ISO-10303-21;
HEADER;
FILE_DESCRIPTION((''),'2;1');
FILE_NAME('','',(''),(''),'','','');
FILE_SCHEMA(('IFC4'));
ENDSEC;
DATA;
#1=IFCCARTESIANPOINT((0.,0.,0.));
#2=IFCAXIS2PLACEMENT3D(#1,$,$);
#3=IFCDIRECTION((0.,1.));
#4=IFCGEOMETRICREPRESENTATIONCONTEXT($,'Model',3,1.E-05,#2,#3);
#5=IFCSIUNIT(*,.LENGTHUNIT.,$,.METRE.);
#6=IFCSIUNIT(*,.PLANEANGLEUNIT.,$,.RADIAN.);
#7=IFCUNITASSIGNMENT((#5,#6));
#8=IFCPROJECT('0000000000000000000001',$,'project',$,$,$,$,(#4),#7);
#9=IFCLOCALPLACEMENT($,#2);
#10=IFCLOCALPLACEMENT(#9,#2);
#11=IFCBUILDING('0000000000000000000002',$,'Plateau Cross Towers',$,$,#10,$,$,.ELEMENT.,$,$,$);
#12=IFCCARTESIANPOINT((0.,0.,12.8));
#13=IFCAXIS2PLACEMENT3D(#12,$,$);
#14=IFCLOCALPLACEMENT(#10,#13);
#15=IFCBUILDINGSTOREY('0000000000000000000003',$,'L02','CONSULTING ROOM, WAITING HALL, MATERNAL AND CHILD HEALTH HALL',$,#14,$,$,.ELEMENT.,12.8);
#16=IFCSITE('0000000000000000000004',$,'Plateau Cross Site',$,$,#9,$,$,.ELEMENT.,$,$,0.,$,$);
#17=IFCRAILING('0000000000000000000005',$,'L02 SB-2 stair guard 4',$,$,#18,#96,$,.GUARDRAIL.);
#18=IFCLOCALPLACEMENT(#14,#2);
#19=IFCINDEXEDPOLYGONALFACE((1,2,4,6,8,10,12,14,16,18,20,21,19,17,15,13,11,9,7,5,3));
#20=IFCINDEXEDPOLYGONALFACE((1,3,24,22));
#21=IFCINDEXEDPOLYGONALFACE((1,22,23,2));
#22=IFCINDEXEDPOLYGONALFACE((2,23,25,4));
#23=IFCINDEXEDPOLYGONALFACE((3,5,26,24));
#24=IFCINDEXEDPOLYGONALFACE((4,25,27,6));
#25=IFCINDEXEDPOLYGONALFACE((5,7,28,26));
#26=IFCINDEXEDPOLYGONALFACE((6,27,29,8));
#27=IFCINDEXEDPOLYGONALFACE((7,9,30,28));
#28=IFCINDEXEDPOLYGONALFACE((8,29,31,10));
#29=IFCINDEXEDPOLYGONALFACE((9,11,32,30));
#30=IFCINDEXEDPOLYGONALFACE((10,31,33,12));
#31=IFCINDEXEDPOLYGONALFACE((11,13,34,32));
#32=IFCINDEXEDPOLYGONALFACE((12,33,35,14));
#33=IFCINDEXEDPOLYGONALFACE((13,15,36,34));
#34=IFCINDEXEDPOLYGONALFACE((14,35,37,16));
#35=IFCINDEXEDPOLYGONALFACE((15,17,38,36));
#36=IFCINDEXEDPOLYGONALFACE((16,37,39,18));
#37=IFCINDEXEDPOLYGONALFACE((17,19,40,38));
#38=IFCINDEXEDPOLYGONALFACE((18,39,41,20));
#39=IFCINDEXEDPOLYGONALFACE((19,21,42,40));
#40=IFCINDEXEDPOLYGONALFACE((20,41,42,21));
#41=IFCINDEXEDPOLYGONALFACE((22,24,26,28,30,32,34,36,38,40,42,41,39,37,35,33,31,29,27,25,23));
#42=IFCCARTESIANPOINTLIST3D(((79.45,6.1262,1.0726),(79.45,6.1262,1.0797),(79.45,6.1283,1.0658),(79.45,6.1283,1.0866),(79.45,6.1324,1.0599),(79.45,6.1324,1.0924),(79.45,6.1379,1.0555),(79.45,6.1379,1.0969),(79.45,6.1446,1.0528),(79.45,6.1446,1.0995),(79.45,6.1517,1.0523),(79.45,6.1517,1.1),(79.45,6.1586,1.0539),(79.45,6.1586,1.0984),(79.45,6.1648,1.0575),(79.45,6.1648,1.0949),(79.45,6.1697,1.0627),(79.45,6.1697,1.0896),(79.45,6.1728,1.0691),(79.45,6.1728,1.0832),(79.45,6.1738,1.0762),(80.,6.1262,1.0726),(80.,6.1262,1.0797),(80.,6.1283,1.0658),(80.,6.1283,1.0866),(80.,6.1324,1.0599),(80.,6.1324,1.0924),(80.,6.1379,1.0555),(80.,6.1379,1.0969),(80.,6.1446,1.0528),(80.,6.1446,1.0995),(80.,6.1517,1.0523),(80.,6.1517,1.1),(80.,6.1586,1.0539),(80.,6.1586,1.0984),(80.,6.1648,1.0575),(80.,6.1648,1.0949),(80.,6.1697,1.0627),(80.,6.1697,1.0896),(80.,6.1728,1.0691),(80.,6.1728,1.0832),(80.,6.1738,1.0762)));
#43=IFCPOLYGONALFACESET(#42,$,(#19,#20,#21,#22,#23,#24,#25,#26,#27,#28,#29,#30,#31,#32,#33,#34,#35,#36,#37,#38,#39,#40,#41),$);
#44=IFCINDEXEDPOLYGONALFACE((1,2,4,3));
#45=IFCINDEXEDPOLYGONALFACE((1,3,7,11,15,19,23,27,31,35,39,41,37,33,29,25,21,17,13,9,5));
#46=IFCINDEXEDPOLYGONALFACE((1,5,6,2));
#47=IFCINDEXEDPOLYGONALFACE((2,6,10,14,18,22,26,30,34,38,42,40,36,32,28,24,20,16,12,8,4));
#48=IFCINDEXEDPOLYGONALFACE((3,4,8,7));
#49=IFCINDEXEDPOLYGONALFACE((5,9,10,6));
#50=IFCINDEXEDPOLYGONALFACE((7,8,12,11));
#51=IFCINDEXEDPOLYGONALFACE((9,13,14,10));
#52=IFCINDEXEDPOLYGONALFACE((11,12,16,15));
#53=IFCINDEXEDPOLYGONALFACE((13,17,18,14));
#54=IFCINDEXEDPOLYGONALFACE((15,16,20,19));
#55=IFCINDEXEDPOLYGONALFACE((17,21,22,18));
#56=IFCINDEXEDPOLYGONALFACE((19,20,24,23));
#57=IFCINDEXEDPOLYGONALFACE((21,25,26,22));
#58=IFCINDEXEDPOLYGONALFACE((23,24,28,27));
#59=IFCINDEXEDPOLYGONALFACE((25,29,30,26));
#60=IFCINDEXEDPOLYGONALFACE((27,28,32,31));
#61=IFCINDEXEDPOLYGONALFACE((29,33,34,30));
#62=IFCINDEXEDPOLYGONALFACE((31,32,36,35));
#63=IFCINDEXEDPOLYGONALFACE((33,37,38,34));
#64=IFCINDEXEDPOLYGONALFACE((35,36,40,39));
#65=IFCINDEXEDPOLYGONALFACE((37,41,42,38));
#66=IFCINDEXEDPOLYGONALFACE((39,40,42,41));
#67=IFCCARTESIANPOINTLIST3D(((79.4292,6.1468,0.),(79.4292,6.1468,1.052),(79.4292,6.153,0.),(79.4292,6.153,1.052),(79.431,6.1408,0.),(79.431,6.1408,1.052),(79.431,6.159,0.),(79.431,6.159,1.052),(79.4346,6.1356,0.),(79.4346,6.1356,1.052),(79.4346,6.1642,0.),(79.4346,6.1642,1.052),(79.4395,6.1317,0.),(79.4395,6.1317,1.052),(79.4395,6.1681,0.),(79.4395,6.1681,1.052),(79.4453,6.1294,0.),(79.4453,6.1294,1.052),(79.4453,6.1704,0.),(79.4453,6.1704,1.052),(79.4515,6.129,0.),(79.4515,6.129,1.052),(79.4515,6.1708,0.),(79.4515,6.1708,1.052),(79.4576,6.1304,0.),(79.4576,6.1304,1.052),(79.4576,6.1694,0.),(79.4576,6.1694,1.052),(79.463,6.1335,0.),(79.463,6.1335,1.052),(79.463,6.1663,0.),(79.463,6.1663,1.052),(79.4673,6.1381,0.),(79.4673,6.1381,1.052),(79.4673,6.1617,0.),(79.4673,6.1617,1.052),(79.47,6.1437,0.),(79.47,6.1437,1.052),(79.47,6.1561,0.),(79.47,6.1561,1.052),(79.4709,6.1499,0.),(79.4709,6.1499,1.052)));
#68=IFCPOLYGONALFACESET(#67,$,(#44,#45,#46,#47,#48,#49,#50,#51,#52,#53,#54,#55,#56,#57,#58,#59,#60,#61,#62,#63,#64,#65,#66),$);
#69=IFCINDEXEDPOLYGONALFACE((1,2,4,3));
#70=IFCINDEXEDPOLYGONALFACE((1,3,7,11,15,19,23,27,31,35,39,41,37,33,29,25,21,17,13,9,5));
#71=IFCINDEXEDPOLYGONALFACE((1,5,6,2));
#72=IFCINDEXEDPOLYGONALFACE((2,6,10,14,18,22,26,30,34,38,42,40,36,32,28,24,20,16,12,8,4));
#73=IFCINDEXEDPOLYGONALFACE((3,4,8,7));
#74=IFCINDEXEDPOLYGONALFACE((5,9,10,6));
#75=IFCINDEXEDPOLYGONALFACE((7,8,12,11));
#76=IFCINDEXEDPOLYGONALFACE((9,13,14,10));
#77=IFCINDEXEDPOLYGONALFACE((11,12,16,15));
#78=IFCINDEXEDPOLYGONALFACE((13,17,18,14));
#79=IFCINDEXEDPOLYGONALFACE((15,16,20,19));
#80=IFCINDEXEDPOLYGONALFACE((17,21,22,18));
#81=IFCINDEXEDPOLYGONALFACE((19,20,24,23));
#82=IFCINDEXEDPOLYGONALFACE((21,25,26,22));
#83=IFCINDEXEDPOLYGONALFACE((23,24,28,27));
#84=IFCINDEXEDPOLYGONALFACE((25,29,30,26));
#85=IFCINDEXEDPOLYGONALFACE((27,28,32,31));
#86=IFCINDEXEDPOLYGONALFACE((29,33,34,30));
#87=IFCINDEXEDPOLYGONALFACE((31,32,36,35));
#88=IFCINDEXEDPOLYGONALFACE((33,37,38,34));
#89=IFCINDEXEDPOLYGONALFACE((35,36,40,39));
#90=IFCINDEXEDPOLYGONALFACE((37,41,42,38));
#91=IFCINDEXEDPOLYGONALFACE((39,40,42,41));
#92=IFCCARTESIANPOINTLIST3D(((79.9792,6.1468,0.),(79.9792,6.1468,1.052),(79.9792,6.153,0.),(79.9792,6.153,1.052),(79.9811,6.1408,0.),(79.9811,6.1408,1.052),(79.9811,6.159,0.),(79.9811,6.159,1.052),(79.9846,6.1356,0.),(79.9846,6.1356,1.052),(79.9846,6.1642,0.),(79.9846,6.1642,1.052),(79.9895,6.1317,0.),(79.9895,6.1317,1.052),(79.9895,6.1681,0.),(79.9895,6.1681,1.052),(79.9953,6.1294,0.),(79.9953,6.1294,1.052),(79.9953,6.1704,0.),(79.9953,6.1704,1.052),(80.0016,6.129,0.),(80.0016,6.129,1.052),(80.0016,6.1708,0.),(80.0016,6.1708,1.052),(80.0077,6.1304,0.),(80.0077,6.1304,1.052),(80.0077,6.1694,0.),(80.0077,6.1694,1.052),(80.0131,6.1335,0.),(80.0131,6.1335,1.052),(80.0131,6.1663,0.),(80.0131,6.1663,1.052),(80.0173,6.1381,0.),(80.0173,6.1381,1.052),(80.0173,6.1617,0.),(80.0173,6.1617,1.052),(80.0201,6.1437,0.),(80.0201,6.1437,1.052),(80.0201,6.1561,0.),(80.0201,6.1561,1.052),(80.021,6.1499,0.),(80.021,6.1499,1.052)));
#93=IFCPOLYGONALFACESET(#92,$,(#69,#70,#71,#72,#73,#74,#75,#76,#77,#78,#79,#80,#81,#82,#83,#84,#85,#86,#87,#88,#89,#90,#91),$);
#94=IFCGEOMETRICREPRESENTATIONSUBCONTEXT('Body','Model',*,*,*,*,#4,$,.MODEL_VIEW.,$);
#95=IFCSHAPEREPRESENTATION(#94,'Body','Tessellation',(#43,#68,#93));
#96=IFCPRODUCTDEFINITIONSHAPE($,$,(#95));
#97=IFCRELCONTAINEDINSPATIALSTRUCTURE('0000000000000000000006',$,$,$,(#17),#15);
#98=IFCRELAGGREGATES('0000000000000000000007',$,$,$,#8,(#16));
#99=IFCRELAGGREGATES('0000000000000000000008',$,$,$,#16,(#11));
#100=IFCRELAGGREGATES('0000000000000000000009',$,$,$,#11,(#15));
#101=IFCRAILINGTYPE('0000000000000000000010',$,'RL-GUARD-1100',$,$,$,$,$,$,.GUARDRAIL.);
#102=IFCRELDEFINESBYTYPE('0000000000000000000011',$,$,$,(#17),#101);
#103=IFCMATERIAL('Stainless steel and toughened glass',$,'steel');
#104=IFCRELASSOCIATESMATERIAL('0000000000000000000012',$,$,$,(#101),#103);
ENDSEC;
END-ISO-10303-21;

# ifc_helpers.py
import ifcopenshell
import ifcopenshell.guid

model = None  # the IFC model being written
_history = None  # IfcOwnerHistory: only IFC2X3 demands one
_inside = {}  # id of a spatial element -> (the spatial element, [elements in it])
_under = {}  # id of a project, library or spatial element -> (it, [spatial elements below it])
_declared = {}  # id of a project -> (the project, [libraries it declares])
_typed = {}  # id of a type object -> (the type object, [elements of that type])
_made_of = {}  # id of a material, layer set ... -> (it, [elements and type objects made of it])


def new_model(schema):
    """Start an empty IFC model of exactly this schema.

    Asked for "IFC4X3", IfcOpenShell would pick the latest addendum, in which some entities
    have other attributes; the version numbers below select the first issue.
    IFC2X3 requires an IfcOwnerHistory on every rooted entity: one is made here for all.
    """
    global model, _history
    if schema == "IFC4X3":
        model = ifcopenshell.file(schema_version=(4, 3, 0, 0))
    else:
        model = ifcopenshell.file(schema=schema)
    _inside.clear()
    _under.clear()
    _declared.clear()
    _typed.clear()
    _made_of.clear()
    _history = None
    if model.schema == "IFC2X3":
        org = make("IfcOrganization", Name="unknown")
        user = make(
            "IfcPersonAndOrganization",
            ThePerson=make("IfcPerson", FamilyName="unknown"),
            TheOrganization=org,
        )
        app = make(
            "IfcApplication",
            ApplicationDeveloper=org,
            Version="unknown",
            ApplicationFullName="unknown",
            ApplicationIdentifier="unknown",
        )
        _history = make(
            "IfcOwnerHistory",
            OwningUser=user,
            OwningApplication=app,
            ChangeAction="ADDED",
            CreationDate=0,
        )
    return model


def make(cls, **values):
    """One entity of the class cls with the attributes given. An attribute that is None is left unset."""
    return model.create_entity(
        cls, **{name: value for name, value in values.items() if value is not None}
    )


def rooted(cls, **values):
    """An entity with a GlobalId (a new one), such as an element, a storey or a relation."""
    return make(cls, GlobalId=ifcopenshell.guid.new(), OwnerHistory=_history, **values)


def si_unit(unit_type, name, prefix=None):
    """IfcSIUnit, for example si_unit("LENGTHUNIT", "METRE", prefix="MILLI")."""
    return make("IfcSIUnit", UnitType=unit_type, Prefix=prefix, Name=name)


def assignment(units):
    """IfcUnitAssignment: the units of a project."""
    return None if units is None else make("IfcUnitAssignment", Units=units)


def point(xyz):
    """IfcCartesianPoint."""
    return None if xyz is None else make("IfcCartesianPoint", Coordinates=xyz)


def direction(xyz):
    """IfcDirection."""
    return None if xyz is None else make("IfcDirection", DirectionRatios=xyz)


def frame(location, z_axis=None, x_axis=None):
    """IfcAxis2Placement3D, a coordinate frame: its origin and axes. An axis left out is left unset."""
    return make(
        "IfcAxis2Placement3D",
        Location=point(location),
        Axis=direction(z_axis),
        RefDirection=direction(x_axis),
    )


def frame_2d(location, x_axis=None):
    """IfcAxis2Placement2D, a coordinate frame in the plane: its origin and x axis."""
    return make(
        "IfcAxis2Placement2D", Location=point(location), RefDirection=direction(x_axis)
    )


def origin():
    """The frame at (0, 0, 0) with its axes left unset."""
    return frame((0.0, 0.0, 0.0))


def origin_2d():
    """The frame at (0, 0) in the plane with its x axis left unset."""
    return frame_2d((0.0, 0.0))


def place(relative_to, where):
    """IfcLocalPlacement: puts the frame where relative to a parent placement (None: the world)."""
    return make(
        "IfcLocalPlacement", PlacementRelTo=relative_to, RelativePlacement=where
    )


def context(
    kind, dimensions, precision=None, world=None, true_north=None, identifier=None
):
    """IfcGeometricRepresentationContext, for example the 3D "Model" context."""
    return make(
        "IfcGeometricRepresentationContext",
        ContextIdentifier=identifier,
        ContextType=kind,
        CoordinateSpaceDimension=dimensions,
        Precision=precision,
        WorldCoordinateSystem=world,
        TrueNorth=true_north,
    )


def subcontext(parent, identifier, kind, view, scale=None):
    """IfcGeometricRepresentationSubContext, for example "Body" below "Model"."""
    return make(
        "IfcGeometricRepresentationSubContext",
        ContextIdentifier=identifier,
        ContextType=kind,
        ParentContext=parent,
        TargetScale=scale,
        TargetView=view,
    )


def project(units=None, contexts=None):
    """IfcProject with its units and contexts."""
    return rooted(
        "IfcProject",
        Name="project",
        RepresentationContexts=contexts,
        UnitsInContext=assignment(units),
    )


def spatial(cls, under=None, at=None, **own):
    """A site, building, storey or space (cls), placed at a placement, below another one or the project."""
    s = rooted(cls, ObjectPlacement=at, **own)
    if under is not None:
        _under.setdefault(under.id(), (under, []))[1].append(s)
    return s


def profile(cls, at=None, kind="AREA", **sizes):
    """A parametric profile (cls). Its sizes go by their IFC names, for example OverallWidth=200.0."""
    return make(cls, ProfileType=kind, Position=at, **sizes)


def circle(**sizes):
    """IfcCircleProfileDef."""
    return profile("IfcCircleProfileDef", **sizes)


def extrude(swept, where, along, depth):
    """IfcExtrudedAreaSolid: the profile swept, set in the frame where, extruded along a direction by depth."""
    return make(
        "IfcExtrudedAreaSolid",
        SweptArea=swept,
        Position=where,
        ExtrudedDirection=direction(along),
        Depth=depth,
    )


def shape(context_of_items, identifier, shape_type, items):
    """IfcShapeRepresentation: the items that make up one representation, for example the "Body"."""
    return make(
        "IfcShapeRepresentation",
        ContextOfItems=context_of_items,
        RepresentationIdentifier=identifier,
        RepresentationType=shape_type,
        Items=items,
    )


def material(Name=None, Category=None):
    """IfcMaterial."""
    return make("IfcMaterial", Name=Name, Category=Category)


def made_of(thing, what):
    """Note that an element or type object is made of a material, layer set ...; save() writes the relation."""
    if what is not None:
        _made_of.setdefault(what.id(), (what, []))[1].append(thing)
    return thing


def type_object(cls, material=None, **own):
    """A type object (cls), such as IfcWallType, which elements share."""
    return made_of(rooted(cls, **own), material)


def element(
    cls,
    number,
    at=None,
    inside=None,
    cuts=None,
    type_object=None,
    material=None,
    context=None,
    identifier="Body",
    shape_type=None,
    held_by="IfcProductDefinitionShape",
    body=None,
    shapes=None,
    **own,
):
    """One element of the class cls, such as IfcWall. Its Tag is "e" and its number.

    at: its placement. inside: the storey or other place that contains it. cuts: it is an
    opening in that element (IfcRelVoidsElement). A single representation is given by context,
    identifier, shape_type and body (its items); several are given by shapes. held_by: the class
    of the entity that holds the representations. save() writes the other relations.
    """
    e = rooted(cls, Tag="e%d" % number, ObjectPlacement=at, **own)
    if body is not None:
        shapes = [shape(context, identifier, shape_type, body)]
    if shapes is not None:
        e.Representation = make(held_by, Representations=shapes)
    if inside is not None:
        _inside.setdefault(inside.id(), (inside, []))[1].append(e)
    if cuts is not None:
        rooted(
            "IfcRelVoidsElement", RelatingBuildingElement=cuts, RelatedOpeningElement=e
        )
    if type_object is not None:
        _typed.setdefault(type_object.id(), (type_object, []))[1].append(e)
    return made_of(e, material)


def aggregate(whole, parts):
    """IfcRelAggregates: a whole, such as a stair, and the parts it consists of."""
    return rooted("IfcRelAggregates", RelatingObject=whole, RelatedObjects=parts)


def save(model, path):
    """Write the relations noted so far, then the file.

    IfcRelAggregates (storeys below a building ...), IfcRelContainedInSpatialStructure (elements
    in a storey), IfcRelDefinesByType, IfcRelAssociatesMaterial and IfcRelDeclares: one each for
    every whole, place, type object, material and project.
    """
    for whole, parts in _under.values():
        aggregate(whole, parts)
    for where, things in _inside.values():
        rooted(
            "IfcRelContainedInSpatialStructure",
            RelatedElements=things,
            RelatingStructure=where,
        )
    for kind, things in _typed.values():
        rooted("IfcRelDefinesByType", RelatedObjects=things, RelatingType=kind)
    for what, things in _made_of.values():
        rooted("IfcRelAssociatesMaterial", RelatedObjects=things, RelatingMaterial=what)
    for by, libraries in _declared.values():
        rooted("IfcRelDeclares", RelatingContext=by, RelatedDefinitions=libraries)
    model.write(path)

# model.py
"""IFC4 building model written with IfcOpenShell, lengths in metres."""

from ifc_helpers import new_model, si_unit, direction, frame, origin, origin_2d, place, context, subcontext, project, spatial, circle, extrude, material, type_object, element, save


model = new_model("IFC4")

# Units and contexts
model_context = context("Model", 3, precision=1e-05, world=origin(), true_north=direction((0.0, 1.0)))
body_context = subcontext(model_context, "Body", "Model", "MODEL_VIEW")
ifc_project = project(units=[si_unit("LENGTHUNIT", "METRE"), si_unit("PLANEANGLEUNIT", "RADIAN")], contexts=[model_context])

# Site, building, storey
site_placement = place(None, origin())
site = spatial("IfcSite", under=ifc_project, at=site_placement, Name="Plateau Cross Site", CompositionType="ELEMENT", RefElevation=0.0)
building_placement = place(site_placement, origin())
building = spatial("IfcBuilding", under=site, at=building_placement, Name="Plateau Cross Towers", CompositionType="ELEMENT")
storey_placement = place(building_placement, frame((0.0, 0.0, 12.8)))
storey = spatial("IfcBuildingStorey", under=building, at=storey_placement, Name="L02", Description="CONSULTING ROOM, WAITING HALL, MATERNAL AND CHILD HEALTH HALL", CompositionType="ELEMENT", Elevation=12.8)

# Railing
ifc_material_1 = material(Name="Stainless steel and toughened glass", Category="steel")
railing_type = type_object("IfcRailingType", Name="RL-GUARD-1100", PredefinedType="GUARDRAIL", material=ifc_material_1)
railing_1_placement = place(storey_placement, frame((79.45, 6.1499, 0.0)))
element("IfcRailing", 1, at=railing_1_placement, inside=storey, type_object=railing_type, Name="L02 SB-2 stair guard 4", PredefinedType="GUARDRAIL", context=body_context, shape_type="SweptSolid", body=[
    extrude(circle(Radius=0.0239, at=origin_2d()), frame((0.0, 0.0, 1.0762), z_axis=(1.0, 0.0, 0.0), x_axis=(0.0, 1.0, 0.0)), (0.0, 0.0, 1.0), 0.55),
    extrude(circle(Radius=0.021, at=origin_2d()), origin(), (0.0, 0.0, 1.0), 1.052),
    extrude(circle(Radius=0.021, at=origin_2d()), frame((0.55, 0.0, 0.0)), (0.0, 0.0, 1.0), 1.052),
])

save(model, "model.ifc")
